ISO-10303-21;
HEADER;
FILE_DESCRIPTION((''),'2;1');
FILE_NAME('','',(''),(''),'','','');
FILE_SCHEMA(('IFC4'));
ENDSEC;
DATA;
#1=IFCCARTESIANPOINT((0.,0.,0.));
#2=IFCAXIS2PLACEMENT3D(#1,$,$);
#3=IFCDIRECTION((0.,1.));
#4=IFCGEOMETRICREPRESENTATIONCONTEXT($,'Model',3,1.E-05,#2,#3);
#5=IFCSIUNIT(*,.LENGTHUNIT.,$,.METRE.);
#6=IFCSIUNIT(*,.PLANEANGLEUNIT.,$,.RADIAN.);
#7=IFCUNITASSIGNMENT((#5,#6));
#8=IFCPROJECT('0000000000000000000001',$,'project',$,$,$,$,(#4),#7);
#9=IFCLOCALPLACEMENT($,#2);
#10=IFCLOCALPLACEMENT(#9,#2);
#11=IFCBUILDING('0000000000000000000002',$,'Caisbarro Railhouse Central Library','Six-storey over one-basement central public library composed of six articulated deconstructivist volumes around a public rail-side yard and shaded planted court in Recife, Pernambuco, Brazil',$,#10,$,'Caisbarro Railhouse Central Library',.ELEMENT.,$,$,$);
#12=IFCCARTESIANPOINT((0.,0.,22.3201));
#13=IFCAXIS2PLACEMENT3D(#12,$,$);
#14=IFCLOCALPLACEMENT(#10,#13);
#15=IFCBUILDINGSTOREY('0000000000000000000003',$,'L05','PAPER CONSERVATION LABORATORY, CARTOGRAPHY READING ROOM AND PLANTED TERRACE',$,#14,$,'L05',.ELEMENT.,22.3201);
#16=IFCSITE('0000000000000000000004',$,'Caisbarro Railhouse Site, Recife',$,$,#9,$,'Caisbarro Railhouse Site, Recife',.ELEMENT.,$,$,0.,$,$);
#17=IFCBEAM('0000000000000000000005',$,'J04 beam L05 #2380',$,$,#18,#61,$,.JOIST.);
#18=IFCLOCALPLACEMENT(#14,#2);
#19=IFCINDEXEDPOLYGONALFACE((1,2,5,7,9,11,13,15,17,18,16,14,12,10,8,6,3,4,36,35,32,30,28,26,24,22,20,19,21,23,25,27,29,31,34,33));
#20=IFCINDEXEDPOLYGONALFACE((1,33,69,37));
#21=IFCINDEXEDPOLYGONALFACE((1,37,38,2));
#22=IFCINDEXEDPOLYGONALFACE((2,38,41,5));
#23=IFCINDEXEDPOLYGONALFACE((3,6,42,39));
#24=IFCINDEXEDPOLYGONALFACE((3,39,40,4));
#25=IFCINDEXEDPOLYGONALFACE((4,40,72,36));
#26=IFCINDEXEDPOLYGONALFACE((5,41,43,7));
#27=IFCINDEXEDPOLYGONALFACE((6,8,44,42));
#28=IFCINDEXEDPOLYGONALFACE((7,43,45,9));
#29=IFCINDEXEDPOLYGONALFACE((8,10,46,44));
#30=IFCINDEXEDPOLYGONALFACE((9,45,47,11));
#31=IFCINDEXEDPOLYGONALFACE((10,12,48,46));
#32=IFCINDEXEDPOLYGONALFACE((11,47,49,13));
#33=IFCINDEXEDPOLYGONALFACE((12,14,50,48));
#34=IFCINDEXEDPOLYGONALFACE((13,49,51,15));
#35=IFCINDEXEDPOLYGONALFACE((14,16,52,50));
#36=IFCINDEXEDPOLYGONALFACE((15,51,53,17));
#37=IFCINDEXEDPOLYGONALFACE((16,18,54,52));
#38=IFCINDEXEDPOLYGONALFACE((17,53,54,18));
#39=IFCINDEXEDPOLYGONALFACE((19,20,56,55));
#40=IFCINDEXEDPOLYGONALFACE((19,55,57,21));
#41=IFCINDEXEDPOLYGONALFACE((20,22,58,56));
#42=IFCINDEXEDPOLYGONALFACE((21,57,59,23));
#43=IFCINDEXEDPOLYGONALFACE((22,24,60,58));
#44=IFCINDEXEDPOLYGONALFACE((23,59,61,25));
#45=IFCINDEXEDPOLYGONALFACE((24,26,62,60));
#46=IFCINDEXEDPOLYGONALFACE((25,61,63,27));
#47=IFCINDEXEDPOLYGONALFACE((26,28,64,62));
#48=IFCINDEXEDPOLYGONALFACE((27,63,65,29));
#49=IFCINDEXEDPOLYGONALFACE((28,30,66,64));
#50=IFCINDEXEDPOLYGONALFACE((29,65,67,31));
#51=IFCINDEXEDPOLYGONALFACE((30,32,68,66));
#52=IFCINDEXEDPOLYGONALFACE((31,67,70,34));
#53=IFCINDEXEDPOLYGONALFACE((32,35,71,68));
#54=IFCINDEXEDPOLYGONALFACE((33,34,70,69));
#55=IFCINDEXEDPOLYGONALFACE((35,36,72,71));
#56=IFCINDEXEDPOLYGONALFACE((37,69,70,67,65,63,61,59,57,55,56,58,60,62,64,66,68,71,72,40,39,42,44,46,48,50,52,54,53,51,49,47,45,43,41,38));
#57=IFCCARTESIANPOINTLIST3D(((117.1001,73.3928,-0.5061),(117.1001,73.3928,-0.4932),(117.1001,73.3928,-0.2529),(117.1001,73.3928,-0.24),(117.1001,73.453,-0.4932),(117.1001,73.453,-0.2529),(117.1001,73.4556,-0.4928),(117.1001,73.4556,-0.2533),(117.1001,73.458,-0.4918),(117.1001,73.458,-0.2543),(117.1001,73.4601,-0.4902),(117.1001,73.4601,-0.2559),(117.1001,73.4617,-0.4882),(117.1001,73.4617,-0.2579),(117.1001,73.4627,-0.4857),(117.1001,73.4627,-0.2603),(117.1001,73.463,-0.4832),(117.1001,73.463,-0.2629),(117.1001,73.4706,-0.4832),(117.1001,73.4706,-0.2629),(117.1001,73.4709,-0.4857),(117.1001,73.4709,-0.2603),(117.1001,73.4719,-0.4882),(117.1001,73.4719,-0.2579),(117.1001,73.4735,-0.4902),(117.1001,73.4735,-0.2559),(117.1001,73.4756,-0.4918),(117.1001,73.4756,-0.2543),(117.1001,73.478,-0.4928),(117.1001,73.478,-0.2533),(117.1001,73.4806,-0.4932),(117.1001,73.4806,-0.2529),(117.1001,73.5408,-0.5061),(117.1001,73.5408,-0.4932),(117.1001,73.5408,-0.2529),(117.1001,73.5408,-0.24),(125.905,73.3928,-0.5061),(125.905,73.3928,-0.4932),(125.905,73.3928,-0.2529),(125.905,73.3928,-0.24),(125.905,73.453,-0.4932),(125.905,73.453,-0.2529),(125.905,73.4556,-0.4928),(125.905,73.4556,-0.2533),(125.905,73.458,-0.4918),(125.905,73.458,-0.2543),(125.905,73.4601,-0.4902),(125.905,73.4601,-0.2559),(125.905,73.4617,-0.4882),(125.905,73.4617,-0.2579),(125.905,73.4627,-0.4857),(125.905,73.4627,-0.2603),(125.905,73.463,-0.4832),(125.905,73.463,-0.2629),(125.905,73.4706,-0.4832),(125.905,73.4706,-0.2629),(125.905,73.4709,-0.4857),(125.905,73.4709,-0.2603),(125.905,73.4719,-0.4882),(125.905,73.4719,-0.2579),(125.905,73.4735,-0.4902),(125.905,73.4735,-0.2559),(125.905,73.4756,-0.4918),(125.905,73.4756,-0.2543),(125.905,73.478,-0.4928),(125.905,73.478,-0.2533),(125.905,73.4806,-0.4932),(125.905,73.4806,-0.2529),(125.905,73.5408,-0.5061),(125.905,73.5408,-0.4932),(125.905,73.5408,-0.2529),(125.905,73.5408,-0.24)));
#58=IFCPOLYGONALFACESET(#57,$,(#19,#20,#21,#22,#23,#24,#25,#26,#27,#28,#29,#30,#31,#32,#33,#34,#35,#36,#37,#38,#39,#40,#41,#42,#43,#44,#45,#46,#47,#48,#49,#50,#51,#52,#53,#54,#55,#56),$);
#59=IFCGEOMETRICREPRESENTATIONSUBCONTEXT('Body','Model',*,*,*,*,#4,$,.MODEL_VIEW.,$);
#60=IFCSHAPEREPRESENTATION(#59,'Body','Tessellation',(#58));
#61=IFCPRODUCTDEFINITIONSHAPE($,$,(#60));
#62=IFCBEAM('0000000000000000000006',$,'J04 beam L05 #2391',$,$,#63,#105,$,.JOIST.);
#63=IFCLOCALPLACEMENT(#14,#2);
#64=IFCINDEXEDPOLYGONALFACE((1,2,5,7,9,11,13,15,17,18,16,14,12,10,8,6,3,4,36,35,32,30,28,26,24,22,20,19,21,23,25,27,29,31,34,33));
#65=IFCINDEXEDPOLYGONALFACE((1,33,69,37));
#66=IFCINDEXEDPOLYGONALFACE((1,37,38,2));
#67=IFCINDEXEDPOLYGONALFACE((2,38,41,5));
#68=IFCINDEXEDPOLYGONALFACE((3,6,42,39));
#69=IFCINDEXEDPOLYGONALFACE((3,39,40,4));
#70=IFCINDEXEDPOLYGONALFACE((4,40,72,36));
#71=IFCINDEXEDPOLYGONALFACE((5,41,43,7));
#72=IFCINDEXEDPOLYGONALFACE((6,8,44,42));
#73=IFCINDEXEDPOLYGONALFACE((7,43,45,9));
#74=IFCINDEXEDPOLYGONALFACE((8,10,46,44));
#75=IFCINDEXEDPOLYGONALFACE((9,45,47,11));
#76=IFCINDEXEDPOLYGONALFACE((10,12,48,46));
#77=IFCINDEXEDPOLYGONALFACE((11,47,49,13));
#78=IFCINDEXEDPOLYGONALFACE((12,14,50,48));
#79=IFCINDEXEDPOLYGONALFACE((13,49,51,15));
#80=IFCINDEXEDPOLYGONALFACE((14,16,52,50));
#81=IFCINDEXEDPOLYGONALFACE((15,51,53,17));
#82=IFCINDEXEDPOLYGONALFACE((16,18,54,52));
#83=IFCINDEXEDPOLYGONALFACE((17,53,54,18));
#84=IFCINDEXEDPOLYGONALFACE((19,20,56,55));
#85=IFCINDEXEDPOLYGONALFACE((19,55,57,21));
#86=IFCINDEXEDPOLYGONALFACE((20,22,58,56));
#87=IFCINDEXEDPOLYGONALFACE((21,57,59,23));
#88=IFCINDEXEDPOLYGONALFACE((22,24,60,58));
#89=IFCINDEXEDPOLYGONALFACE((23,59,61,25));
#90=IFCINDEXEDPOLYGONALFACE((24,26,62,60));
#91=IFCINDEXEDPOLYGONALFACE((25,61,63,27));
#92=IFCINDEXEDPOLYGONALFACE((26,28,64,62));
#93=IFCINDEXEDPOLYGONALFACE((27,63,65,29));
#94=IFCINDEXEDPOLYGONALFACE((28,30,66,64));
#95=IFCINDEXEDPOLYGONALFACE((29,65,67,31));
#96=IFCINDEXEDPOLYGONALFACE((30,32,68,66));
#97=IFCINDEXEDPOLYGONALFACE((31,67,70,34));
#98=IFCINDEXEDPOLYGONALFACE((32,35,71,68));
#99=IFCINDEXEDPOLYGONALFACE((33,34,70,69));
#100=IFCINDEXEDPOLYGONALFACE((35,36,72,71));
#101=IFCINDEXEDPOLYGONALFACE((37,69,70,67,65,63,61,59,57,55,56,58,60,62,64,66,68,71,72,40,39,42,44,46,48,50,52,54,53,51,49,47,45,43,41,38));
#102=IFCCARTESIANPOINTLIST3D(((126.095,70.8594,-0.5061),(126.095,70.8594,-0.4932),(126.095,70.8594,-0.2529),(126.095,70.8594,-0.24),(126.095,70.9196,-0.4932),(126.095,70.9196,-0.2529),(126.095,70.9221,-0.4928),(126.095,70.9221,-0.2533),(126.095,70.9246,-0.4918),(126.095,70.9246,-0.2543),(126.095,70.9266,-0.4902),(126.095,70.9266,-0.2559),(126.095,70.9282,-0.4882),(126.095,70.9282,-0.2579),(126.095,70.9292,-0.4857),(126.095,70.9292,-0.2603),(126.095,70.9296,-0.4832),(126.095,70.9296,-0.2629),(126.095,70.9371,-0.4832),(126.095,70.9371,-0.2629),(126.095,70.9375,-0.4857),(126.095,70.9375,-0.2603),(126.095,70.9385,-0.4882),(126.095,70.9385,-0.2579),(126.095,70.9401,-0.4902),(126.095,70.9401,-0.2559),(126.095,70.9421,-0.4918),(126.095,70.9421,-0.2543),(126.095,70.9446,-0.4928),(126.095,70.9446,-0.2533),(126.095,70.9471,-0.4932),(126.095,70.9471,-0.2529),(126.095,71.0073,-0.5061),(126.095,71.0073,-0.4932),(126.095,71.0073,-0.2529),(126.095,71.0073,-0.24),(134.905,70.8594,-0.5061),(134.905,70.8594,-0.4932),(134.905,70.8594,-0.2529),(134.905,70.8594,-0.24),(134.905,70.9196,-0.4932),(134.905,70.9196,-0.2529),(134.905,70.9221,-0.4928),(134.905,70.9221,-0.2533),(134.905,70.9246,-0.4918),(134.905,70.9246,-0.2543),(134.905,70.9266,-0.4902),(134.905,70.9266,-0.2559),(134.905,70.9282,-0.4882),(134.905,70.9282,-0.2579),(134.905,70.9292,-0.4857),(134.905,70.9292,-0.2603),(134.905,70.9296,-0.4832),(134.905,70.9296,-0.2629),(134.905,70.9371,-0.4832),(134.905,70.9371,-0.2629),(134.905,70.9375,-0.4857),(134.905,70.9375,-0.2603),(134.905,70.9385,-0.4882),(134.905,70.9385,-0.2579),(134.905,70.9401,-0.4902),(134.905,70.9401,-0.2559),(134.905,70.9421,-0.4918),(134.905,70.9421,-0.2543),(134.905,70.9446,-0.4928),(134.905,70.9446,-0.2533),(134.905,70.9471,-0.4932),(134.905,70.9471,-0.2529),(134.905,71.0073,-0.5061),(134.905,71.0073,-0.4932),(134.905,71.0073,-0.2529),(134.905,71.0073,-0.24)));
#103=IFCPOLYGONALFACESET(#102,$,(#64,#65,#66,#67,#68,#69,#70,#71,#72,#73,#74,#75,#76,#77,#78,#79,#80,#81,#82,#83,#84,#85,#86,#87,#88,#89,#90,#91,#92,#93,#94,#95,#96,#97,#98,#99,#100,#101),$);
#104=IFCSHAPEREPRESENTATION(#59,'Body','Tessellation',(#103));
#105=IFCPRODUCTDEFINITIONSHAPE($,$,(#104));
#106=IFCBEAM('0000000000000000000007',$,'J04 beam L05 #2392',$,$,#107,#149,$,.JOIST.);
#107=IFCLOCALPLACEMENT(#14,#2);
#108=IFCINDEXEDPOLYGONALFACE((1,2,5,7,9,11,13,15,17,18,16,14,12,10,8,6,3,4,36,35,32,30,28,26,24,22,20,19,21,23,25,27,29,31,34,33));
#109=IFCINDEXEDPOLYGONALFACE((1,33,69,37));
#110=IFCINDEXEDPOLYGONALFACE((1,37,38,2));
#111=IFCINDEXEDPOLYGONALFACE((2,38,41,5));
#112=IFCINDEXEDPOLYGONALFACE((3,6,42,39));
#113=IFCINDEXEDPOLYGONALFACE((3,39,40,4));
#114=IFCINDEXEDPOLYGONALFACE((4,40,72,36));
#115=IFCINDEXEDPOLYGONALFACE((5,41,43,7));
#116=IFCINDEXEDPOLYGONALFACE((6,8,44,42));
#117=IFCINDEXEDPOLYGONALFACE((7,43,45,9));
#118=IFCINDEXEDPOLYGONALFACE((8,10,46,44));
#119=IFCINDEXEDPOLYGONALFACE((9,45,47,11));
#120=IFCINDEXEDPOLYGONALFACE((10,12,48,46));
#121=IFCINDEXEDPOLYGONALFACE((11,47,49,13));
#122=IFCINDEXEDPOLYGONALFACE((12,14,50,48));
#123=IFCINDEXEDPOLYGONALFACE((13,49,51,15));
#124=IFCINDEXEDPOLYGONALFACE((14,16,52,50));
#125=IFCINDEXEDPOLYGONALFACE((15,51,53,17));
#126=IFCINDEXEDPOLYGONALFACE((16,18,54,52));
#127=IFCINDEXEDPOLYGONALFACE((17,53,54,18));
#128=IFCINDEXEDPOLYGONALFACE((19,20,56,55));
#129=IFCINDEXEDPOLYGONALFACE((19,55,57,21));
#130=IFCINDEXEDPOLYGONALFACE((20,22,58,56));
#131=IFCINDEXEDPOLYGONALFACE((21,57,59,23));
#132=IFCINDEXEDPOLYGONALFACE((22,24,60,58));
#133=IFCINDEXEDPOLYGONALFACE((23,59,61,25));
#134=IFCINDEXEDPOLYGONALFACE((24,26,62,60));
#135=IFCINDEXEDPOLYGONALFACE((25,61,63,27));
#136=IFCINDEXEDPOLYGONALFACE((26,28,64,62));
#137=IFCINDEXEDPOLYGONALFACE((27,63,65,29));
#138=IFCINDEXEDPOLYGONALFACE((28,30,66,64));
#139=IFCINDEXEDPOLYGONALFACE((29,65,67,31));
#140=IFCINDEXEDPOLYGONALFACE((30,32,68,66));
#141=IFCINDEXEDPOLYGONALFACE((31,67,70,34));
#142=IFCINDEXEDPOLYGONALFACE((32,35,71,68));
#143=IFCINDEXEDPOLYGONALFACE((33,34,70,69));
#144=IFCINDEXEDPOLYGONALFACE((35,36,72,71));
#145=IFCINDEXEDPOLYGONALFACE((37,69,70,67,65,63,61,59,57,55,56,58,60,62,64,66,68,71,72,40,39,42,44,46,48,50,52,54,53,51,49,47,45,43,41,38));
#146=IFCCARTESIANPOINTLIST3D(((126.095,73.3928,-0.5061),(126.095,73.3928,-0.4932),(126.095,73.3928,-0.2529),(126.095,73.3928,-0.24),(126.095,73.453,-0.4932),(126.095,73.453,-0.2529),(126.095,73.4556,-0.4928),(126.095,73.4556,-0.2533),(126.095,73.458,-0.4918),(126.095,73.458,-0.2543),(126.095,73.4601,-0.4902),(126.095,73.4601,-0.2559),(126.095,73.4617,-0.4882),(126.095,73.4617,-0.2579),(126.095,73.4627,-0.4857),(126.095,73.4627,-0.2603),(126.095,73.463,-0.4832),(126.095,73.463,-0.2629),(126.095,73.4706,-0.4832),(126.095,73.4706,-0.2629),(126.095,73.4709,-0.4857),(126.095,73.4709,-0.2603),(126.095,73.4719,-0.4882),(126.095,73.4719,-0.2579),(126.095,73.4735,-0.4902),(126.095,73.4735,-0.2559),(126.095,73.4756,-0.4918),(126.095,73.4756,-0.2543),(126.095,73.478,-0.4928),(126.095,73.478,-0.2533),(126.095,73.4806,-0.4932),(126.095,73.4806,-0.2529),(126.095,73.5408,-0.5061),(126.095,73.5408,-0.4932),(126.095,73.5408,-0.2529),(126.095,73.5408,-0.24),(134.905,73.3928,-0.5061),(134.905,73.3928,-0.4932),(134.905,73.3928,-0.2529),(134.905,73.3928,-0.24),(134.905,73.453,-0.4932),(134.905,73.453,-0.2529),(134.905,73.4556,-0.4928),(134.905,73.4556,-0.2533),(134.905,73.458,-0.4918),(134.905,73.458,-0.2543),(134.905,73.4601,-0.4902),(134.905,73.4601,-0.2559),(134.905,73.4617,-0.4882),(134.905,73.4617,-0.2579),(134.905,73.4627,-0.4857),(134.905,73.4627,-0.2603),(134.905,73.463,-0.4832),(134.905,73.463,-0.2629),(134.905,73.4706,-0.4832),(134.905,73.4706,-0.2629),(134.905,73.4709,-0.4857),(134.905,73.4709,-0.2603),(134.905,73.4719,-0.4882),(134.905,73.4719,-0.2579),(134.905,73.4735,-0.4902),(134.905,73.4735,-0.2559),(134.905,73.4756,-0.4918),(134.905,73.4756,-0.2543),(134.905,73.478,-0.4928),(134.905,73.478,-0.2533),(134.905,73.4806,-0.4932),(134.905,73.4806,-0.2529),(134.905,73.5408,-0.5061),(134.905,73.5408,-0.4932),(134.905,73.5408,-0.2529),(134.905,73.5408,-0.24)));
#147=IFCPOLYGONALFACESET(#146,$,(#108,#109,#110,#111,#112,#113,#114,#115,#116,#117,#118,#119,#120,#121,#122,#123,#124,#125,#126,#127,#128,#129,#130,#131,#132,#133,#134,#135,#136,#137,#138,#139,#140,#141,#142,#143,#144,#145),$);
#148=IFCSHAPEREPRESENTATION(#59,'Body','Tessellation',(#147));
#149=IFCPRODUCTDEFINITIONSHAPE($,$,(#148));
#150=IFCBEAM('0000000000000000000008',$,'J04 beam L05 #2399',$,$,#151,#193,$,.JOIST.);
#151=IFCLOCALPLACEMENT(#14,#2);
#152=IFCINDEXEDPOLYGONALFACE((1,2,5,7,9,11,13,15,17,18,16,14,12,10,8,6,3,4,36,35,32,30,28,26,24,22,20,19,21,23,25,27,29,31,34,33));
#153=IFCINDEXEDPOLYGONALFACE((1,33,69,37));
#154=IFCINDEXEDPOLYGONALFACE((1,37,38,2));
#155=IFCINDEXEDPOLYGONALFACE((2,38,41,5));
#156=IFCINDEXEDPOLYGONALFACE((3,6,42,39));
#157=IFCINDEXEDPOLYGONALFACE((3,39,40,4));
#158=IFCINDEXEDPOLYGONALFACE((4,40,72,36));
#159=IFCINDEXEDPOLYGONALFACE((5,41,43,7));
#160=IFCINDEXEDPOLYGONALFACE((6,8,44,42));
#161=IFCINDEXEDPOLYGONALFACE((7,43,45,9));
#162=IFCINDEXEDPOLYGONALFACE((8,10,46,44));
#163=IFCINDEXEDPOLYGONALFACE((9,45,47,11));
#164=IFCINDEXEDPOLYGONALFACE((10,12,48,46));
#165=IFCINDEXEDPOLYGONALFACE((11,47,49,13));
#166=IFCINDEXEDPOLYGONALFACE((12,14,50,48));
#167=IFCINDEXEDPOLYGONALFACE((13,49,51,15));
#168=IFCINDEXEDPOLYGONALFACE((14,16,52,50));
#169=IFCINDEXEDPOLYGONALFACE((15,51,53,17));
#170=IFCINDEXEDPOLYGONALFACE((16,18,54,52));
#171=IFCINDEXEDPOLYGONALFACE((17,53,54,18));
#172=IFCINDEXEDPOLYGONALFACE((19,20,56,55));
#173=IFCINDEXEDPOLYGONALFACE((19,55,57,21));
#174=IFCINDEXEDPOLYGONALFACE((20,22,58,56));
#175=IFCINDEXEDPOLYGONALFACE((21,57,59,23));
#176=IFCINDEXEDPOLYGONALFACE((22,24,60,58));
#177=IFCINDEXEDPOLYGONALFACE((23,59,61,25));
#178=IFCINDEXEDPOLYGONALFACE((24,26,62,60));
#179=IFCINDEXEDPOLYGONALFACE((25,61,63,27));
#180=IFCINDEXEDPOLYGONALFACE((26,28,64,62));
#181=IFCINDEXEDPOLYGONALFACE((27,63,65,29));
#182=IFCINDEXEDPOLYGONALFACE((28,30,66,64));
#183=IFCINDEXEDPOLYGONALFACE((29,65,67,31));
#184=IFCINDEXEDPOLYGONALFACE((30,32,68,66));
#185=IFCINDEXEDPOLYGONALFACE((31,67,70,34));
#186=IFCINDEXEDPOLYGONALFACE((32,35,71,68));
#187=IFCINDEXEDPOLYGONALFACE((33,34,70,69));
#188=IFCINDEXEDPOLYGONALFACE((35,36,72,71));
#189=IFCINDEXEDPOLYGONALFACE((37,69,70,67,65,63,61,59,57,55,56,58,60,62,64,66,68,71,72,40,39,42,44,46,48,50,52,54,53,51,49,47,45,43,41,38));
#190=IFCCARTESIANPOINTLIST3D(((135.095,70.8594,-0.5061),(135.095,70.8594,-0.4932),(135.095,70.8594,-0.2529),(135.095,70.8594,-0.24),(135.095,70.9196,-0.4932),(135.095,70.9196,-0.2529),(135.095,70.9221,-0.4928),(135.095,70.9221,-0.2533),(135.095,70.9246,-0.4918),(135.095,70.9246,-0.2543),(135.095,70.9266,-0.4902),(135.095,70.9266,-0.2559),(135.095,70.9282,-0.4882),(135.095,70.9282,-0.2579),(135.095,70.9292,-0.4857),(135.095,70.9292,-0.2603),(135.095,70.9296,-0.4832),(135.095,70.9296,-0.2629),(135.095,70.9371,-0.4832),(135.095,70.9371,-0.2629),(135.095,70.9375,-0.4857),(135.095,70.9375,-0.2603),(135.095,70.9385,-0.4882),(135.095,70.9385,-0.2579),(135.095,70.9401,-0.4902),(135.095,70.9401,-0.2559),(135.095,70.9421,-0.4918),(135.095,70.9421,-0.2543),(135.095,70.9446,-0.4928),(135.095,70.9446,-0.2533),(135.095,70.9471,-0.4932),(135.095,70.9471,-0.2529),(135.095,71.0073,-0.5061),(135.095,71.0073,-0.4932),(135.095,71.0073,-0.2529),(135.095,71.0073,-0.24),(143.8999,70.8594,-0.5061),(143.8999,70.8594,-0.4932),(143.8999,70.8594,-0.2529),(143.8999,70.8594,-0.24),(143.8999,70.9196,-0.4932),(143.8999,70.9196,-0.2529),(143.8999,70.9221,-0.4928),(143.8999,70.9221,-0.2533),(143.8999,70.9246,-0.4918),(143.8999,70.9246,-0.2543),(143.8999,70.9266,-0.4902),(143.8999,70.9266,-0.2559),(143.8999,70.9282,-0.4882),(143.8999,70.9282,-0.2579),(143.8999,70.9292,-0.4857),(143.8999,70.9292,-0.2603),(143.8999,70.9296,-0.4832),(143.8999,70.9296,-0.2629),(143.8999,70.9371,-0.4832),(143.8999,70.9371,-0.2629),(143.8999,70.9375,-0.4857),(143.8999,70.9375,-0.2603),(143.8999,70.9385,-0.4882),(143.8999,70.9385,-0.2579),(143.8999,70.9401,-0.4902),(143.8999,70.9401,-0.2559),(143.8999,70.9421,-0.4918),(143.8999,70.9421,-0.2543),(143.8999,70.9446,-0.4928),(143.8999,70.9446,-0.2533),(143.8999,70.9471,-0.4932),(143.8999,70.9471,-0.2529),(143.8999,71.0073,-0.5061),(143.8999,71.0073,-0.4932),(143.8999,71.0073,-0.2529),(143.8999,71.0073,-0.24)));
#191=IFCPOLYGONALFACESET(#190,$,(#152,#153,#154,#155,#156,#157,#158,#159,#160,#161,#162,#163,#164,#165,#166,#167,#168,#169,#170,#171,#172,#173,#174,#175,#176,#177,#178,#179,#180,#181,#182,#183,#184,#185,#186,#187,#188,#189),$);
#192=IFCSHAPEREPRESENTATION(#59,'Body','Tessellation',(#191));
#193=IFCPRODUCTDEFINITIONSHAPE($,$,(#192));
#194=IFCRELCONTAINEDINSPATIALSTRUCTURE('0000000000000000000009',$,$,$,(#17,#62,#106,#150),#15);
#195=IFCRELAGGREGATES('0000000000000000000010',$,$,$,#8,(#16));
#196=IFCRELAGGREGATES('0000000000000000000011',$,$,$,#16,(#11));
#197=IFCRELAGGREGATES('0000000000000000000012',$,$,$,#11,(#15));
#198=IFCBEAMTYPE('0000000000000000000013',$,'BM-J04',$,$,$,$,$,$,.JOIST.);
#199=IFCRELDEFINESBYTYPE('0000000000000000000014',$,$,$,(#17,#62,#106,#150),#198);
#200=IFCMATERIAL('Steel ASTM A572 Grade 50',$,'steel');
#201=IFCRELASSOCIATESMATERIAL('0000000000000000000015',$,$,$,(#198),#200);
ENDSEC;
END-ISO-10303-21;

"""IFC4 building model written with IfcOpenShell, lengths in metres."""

from ifc_helpers import new_model, si_unit, direction, frame, origin, origin_2d, place, context, subcontext, project, spatial, i_section, extrude, material, material_profile, profile_set, type_object, element, save


model = new_model("IFC4")

# Units and contexts
model_context = context("Model", 3, precision=1e-05, world=origin(), true_north=direction((0.0, 1.0)))
body_context = subcontext(model_context, "Body", "Model", "MODEL_VIEW")
ifc_project = project(units=[si_unit("LENGTHUNIT", "METRE"), si_unit("PLANEANGLEUNIT", "RADIAN")], contexts=[model_context])

# Site, building, storey
site_placement = place(None, origin())
site = spatial("IfcSite", under=ifc_project, at=site_placement, Name="Caisbarro Railhouse Site, Recife", LongName="Caisbarro Railhouse Site, Recife", CompositionType="ELEMENT", RefElevation=0.0)
building_placement = place(site_placement, origin())
building = spatial("IfcBuilding", under=site, at=building_placement, Name="Caisbarro Railhouse Central Library", Description="Six-storey over one-basement central public library composed of six articulated deconstructivist volumes around a public rail-side yard and shaded planted court in Recife, Pernambuco, Brazil", LongName="Caisbarro Railhouse Central Library", CompositionType="ELEMENT")
storey_placement = place(building_placement, frame((0.0, 0.0, 22.3201)))
storey = spatial("IfcBuildingStorey", under=building, at=storey_placement, Name="L05", Description="PAPER CONSERVATION LABORATORY, CARTOGRAPHY READING ROOM AND PLANTED TERRACE", LongName="L05", CompositionType="ELEMENT", Elevation=22.3201)

# Shared definitions
ifc_material_1 = material(Name="Steel ASTM A572 Grade 50", Category="steel")

# Beams
ifc_material_profile_1 = material_profile(ifc_material_1, i_section(OverallWidth=0.1479, OverallDepth=0.2661, WebThickness=0.0076, FlangeThickness=0.0129, FilletRadius=0.01, at=origin_2d()), Name="W250X44.8")
ifc_profile_set_1 = profile_set([ifc_material_profile_1], Name="Steel ASTM A572 Grade 50")
beam_type_1 = type_object("IfcBeamType", Name="BM-J04", PredefinedType="JOIST", material=ifc_profile_set_1)
for number, where, z_axis, x_axis, name in (
    (1, (117.1001, 73.4668, -0.373), (1.0, 0.0, 0.0), (0.0, 1.0, 0.0), "J04 beam L05 #2380"),
):
    element("IfcBeam", number, at=place(storey_placement, frame(where, z_axis=z_axis, x_axis=x_axis)), inside=storey, type_object=beam_type_1, Name=name, PredefinedType="JOIST", context=body_context, shape_type="SweptSolid", body=[
        extrude(i_section(OverallWidth=0.1479, OverallDepth=0.2661, WebThickness=0.0076, FlangeThickness=0.0129, FilletRadius=0.01, at=origin_2d()), origin(), (0.0, 0.0, 1.0), 8.8049),
    ])
for number, where, z_axis, x_axis, name in (
    (2, (126.095, 70.9333, -0.373), (1.0, 0.0, 0.0), (0.0, 1.0, 0.0), "J04 beam L05 #2391"),
    (3, (126.095, 73.4668, -0.373), (1.0, 0.0, 0.0), (0.0, 1.0, 0.0), "J04 beam L05 #2392"),
):
    element("IfcBeam", number, at=place(storey_placement, frame(where, z_axis=z_axis, x_axis=x_axis)), inside=storey, type_object=beam_type_1, Name=name, PredefinedType="JOIST", context=body_context, shape_type="SweptSolid", body=[
        extrude(i_section(OverallWidth=0.1479, OverallDepth=0.2661, WebThickness=0.0076, FlangeThickness=0.0129, FilletRadius=0.01, at=origin_2d()), origin(), (0.0, 0.0, 1.0), 8.8101),
    ])
beam_placement = place(storey_placement, frame((135.095, 70.9333, -0.373), z_axis=(1.0, 0.0, 0.0), x_axis=(0.0, 1.0, 0.0)))
element("IfcBeam", 4, at=beam_placement, inside=storey, type_object=beam_type_1, Name="J04 beam L05 #2399", PredefinedType="JOIST", context=body_context, shape_type="SweptSolid", body=[
    extrude(i_section(OverallWidth=0.1479, OverallDepth=0.2661, WebThickness=0.0076, FlangeThickness=0.0129, FilletRadius=0.01, at=origin_2d()), origin(), (0.0, 0.0, 1.0), 8.8049),
])

save(model, "model.ifc")
